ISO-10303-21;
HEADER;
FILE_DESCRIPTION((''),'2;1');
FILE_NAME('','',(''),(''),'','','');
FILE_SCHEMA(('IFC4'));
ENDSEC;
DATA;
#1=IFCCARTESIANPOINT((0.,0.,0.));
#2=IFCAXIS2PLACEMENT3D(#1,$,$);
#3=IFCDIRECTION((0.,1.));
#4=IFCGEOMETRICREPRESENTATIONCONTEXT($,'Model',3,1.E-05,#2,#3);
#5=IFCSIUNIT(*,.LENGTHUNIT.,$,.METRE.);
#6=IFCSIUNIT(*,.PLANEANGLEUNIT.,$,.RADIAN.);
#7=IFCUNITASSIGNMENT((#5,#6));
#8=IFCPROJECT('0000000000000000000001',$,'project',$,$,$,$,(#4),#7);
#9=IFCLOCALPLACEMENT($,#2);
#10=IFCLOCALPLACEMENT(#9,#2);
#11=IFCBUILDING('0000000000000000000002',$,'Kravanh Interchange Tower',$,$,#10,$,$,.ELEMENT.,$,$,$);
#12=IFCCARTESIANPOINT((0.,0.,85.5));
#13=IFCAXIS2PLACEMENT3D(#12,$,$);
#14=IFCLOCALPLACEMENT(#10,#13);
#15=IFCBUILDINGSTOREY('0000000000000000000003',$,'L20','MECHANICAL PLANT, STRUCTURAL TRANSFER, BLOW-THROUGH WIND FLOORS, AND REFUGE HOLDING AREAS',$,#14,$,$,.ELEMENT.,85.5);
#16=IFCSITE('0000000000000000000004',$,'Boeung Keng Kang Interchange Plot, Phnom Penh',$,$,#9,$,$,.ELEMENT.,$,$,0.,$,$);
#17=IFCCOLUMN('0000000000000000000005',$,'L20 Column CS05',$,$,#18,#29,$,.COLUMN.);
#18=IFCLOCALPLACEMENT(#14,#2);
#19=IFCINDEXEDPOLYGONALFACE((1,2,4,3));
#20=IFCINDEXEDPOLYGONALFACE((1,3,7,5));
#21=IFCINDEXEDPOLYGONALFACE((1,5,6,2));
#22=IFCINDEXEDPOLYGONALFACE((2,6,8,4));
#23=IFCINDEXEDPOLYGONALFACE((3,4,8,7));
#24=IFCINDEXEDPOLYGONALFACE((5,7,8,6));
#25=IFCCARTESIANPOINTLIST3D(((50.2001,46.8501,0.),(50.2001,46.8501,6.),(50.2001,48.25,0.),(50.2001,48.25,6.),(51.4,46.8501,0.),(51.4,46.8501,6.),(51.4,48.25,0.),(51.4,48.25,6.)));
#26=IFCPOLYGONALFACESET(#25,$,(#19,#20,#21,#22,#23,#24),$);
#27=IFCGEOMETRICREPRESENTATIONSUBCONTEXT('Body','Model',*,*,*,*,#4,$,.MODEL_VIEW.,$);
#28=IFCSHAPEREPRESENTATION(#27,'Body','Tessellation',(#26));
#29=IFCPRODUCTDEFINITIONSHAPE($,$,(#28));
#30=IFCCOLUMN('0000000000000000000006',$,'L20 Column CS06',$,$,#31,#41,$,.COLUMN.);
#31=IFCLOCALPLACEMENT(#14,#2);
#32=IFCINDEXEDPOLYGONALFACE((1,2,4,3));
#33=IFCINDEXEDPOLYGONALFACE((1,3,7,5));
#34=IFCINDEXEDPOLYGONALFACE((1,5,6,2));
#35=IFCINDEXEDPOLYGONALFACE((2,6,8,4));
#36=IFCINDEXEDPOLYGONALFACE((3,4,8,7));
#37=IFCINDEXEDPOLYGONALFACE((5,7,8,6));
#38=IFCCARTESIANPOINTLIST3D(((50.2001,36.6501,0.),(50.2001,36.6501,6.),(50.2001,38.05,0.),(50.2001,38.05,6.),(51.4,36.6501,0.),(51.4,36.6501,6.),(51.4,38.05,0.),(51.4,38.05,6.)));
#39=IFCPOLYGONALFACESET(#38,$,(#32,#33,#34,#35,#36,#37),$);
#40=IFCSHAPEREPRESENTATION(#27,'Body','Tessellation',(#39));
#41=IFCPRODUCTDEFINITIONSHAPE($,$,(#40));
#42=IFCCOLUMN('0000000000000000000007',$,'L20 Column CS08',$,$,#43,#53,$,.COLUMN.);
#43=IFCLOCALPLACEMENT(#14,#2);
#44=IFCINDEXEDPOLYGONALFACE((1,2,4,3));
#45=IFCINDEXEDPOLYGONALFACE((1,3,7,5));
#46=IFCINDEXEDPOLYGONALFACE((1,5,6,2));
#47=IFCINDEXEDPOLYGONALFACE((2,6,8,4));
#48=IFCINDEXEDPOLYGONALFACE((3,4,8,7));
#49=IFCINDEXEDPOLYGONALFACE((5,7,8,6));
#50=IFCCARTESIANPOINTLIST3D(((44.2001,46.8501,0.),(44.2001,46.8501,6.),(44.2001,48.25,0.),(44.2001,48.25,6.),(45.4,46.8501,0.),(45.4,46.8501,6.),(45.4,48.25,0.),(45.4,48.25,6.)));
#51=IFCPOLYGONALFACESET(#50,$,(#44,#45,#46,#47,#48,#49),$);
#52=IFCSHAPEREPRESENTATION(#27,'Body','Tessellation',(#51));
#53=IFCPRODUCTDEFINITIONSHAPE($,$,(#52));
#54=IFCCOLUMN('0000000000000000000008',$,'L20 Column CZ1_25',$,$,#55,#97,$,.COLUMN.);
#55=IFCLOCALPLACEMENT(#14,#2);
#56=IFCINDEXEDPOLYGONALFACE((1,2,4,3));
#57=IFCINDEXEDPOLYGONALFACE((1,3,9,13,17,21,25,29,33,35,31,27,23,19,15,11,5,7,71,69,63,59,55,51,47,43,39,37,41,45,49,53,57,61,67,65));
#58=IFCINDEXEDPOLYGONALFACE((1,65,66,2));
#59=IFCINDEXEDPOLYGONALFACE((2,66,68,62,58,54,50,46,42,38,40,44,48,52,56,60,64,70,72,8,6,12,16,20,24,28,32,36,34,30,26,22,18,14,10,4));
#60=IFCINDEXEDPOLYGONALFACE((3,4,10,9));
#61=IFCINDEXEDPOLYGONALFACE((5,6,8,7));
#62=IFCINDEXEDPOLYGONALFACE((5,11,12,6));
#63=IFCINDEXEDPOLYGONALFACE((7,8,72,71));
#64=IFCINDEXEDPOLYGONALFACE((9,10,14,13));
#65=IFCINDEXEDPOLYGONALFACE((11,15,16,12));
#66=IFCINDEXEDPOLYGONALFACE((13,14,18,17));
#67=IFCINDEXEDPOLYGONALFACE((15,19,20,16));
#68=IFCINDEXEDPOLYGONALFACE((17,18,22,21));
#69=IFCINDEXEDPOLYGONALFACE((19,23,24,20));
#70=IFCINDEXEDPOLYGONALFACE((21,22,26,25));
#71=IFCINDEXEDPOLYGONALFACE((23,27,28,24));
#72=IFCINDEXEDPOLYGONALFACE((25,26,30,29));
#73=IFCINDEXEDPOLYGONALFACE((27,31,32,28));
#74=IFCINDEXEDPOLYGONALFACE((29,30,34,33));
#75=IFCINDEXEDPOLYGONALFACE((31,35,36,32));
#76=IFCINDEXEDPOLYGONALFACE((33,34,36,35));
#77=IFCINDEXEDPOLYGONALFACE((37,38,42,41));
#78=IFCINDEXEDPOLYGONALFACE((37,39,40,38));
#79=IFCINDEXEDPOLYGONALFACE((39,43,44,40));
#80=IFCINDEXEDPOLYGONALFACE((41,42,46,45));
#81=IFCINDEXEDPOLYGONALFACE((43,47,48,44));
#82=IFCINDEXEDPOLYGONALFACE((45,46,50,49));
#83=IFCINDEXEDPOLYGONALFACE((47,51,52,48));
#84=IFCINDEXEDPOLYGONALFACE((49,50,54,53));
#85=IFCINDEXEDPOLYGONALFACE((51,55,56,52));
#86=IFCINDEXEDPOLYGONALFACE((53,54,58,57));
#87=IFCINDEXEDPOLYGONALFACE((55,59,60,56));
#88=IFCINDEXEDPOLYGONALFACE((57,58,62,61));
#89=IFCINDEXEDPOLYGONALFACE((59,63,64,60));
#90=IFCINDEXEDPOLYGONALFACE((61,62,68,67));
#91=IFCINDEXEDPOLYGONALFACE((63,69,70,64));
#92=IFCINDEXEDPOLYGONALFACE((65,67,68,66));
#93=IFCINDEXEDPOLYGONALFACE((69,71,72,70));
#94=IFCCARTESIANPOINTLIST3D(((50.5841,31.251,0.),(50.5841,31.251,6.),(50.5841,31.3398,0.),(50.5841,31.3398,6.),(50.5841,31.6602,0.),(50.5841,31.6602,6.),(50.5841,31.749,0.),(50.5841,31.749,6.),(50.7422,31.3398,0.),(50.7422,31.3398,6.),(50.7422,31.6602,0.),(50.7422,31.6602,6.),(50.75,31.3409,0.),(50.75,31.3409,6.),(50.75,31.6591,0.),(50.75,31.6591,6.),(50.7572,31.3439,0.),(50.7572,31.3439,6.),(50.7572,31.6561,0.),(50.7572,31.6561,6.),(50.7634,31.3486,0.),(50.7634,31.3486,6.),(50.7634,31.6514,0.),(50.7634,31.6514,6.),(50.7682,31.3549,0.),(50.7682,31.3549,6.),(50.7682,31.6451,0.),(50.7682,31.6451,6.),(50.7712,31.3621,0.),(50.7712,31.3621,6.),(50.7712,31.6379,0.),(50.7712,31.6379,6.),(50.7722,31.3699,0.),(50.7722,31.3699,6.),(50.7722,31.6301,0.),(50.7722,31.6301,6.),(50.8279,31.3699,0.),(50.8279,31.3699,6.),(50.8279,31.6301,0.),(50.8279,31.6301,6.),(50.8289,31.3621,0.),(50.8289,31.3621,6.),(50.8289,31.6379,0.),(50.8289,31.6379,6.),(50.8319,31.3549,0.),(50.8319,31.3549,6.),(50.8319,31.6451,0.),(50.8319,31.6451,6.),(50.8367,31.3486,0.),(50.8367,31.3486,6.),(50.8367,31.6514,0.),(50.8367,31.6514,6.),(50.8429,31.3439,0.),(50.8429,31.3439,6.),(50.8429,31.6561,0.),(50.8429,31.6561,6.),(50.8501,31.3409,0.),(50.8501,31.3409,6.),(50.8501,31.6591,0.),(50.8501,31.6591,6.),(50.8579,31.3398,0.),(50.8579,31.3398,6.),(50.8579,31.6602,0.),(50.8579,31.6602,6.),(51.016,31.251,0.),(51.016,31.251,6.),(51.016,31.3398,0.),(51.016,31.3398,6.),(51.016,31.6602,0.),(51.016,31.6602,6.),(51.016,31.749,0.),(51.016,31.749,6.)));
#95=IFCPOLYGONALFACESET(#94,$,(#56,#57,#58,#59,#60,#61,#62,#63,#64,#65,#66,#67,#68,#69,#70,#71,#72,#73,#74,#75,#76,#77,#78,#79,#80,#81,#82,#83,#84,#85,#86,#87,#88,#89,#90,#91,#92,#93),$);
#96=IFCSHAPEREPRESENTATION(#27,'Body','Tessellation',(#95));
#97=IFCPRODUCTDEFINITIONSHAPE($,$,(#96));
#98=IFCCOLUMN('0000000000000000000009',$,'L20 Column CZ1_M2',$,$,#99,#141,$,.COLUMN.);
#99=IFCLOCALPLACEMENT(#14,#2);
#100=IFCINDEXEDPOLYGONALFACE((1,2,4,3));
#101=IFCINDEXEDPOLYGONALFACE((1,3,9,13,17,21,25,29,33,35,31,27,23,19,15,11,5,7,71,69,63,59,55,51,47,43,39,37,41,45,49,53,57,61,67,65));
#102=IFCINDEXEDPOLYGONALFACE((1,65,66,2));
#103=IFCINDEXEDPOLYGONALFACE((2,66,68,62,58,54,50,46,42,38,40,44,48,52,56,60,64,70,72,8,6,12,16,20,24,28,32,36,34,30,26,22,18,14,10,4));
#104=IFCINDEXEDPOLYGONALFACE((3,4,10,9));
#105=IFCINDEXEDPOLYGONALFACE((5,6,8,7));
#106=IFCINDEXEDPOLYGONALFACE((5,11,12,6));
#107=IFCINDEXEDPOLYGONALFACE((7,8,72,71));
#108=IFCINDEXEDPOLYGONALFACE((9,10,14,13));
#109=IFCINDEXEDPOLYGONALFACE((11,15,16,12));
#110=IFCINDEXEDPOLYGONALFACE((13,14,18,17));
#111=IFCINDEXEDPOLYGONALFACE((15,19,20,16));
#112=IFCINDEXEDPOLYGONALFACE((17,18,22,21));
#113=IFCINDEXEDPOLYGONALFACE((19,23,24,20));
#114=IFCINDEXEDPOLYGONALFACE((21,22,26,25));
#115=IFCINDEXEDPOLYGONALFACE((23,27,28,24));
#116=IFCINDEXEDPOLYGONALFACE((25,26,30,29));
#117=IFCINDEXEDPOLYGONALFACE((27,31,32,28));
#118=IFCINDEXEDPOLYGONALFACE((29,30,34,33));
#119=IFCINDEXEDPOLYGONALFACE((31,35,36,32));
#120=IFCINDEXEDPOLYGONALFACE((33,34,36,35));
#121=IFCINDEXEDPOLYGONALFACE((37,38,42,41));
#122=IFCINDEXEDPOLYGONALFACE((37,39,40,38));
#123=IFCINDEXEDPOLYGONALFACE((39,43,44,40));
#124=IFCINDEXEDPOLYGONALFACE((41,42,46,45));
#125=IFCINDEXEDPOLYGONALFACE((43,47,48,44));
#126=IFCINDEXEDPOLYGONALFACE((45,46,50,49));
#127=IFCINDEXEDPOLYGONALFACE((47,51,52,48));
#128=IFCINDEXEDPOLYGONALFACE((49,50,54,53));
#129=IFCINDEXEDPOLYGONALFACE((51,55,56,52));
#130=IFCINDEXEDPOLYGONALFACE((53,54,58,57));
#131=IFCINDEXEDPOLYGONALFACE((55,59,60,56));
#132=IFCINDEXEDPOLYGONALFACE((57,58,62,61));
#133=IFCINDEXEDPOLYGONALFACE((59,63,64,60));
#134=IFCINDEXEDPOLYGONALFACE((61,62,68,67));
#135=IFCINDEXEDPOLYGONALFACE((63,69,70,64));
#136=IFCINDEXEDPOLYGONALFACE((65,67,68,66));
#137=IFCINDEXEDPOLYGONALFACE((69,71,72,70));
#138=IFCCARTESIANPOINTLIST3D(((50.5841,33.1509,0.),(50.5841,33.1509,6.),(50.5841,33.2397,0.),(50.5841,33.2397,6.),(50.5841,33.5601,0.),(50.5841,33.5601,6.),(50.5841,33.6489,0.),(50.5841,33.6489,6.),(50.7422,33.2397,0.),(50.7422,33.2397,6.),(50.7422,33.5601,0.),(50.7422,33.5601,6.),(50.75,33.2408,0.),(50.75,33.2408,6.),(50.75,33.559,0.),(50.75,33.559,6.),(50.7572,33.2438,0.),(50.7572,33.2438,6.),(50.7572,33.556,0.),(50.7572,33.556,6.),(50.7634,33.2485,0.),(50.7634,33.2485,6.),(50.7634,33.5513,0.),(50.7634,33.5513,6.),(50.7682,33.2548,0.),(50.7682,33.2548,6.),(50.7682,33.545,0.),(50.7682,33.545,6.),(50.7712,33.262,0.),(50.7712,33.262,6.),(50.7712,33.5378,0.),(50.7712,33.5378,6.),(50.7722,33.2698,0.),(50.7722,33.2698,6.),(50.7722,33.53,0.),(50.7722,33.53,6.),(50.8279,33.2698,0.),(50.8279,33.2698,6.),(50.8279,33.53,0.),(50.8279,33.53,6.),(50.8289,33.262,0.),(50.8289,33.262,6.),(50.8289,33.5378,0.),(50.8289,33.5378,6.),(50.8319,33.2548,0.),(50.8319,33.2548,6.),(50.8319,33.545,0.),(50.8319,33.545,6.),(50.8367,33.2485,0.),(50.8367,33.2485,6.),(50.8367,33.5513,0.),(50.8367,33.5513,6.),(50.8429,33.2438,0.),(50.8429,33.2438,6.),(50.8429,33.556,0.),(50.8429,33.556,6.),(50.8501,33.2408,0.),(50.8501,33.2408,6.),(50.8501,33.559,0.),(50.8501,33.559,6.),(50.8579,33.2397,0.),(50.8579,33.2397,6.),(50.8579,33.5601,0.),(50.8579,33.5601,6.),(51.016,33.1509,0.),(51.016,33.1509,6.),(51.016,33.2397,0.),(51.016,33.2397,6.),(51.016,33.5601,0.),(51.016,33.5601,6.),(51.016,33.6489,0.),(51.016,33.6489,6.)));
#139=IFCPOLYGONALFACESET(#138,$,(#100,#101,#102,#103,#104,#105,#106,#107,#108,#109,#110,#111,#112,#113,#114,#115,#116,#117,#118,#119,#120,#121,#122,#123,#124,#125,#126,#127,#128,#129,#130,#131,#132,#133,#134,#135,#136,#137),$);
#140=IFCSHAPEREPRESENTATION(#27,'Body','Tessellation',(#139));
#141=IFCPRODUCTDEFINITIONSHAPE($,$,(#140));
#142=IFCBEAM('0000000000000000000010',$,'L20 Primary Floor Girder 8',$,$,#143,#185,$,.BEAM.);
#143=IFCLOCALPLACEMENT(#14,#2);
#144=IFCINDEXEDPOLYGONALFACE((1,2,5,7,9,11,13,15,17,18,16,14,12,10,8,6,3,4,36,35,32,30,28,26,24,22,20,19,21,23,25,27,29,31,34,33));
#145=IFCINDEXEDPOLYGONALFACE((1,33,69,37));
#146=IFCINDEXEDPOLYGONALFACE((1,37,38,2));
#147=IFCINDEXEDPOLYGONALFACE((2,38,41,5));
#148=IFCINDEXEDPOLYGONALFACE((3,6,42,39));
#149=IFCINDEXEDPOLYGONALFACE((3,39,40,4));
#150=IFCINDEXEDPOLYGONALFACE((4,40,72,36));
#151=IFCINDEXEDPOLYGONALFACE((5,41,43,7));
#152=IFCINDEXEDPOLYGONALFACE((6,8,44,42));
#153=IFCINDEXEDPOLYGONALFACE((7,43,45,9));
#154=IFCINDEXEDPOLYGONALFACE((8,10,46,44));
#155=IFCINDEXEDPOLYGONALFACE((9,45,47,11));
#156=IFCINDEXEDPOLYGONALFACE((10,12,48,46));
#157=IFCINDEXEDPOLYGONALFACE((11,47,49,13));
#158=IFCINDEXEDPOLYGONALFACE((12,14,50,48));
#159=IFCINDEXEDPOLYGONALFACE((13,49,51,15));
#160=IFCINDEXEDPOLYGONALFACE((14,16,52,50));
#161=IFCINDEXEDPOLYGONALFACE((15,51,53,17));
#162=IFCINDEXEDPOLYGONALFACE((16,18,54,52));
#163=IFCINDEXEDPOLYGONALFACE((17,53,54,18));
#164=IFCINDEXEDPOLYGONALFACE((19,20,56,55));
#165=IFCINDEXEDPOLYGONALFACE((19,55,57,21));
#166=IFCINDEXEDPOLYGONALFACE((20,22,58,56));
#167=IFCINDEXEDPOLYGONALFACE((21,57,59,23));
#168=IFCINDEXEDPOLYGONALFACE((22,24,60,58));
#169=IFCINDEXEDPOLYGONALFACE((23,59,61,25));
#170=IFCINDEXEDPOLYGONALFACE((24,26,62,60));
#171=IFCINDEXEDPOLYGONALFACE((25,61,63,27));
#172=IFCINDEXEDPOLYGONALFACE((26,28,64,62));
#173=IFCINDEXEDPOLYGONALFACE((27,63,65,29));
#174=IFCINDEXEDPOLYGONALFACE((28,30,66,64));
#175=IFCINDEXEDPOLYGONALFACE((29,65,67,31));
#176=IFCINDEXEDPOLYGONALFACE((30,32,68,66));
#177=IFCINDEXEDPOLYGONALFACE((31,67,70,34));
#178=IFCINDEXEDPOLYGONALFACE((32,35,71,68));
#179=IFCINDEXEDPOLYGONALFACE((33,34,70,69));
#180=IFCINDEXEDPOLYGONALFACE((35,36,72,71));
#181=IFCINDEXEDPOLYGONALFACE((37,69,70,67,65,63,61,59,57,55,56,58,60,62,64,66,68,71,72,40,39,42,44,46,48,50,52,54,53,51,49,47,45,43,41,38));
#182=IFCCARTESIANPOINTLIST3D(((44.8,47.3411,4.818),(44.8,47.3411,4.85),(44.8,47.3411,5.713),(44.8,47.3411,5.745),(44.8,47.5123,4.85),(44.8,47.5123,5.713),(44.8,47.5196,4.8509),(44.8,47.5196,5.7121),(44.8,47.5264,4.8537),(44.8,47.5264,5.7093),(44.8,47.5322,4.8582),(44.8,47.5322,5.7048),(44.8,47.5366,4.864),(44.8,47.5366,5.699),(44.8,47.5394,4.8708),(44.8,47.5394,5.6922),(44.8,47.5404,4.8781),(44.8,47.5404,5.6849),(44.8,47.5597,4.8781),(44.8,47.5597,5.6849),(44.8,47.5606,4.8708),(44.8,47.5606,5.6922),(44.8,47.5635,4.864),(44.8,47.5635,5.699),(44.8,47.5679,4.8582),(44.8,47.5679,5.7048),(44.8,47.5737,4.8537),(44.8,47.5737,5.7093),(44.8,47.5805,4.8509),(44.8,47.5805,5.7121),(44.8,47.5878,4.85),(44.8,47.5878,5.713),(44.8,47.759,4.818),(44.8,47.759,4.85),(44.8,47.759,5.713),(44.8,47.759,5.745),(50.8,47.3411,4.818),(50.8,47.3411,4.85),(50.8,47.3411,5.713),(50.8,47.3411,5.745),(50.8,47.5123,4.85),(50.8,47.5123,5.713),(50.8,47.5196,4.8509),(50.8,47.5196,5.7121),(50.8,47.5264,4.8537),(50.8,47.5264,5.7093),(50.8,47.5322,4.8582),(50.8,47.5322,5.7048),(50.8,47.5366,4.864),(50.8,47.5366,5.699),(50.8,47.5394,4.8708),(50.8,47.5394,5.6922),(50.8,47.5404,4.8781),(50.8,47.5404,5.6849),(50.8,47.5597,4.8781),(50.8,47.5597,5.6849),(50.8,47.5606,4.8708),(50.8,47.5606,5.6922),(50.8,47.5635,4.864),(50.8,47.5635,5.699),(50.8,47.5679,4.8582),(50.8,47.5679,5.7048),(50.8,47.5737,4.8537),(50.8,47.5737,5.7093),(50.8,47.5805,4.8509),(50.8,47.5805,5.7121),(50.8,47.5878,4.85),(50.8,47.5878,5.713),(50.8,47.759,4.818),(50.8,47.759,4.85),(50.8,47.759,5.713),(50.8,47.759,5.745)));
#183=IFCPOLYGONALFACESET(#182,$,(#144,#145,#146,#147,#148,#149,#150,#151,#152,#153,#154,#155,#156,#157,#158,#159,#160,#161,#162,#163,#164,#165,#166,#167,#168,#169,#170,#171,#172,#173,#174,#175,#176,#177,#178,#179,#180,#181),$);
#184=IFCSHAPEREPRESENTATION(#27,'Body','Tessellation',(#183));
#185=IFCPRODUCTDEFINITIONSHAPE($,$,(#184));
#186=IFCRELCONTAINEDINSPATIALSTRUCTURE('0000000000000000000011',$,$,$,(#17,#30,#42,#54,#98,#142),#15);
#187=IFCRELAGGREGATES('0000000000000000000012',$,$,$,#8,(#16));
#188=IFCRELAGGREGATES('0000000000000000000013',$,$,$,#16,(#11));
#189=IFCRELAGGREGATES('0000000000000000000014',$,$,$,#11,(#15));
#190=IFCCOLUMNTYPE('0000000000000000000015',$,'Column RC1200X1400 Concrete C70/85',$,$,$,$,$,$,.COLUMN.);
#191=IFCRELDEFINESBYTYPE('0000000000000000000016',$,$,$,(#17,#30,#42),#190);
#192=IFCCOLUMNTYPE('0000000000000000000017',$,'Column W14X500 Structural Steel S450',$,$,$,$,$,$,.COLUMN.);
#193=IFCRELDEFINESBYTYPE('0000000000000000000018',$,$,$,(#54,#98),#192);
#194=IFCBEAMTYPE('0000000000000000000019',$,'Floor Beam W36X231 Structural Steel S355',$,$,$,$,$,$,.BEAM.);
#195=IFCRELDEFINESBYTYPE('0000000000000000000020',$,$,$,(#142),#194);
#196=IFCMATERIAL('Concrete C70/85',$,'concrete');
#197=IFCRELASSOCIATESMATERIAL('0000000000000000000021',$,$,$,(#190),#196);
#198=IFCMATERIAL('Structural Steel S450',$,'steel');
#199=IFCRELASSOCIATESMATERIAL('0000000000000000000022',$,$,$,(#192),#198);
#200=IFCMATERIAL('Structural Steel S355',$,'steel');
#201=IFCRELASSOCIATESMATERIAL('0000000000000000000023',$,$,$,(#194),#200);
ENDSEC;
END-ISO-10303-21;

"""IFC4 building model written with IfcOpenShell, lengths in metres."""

from ifc_helpers import new_model, si_unit, direction, frame, origin, origin_2d, place, context, subcontext, project, spatial, rectangle, i_section, extrude, material, material_profile, profile_set, type_object, element, save


model = new_model("IFC4")

# Units and contexts
model_context = context("Model", 3, precision=1e-05, world=origin(), true_north=direction((0.0, 1.0)))
body_context = subcontext(model_context, "Body", "Model", "MODEL_VIEW")
ifc_project = project(units=[si_unit("LENGTHUNIT", "METRE"), si_unit("PLANEANGLEUNIT", "RADIAN")], contexts=[model_context])

# Site, building, storey
site_placement = place(None, origin())
site = spatial("IfcSite", under=ifc_project, at=site_placement, Name="Boeung Keng Kang Interchange Plot, Phnom Penh", CompositionType="ELEMENT", RefElevation=0.0)
building_placement = place(site_placement, origin())
building = spatial("IfcBuilding", under=site, at=building_placement, Name="Kravanh Interchange Tower", CompositionType="ELEMENT")
storey_placement = place(building_placement, frame((0.0, 0.0, 85.5)))
storey = spatial("IfcBuildingStorey", under=building, at=storey_placement, Name="L20", Description="MECHANICAL PLANT, STRUCTURAL TRANSFER, BLOW-THROUGH WIND FLOORS, AND REFUGE HOLDING AREAS", CompositionType="ELEMENT", Elevation=85.5)

# Columns
ifc_material_1 = material(Name="Concrete C70/85", Category="concrete")
ifc_material_profile_1 = material_profile(ifc_material_1, rectangle(XDim=1.2, YDim=1.3999, at=origin_2d()), Name="RC1200X1400")
ifc_profile_set_1 = profile_set([ifc_material_profile_1], Name="Concrete C70/85")
column_type_1 = type_object("IfcColumnType", Name="Column RC1200X1400 Concrete C70/85", PredefinedType="COLUMN", material=ifc_profile_set_1)
for number, where, z_axis, x_axis, name in (
    (1, (50.8, 47.55, 0.0), (0.0, 0.0, 1.0), (1.0, 0.0, 0.0), "L20 Column CS05"),
    (2, (50.8, 37.3501, 0.0), (0.0, 0.0, 1.0), (1.0, 0.0, 0.0), "L20 Column CS06"),
    (3, (44.8, 47.55, 0.0), (0.0, 0.0, 1.0), (1.0, 0.0, 0.0), "L20 Column CS08"),
):
    element("IfcColumn", number, at=place(storey_placement, frame(where, z_axis=z_axis, x_axis=x_axis)), inside=storey, type_object=column_type_1, Name=name, PredefinedType="COLUMN", context=body_context, shape_type="SweptSolid", body=[
        extrude(rectangle(XDim=1.2, YDim=1.3999, at=origin_2d()), origin(), (0.0, 0.0, 1.0), 6.0),
    ])
ifc_material_2 = material(Name="Structural Steel S450", Category="steel")
ifc_material_profile_2 = material_profile(ifc_material_2, i_section(OverallWidth=0.4319, OverallDepth=0.498, WebThickness=0.0557, FlangeThickness=0.0889, FilletRadius=0.03, at=origin_2d()), Name="W14X500")
ifc_profile_set_2 = profile_set([ifc_material_profile_2], Name="Structural Steel S450")
column_type_2 = type_object("IfcColumnType", Name="Column W14X500 Structural Steel S450", PredefinedType="COLUMN", material=ifc_profile_set_2)
for number, where, z_axis, x_axis, name in (
    (4, (50.8, 31.5, 0.0), (0.0, 0.0, 1.0), (1.0, 0.0, 0.0), "L20 Column CZ1_25"),
    (5, (50.8, 33.3999, 0.0), (0.0, 0.0, 1.0), (1.0, 0.0, 0.0), "L20 Column CZ1_M2"),
):
    element("IfcColumn", number, at=place(storey_placement, frame(where, z_axis=z_axis, x_axis=x_axis)), inside=storey, type_object=column_type_2, Name=name, PredefinedType="COLUMN", context=body_context, shape_type="SweptSolid", body=[
        extrude(i_section(OverallWidth=0.4319, OverallDepth=0.498, WebThickness=0.0557, FlangeThickness=0.0889, FilletRadius=0.03, at=origin_2d()), origin(), (0.0, 0.0, 1.0), 6.0),
    ])

# Beam
ifc_material_3 = material(Name="Structural Steel S355", Category="steel")
ifc_material_profile_3 = material_profile(ifc_material_3, i_section(OverallWidth=0.418, OverallDepth=0.927, WebThickness=0.0193, FlangeThickness=0.032, FilletRadius=0.0281, at=origin_2d()), Name="W36X231")
ifc_profile_set_3 = profile_set([ifc_material_profile_3], Name="Structural Steel S355")
beam_type_1 = type_object("IfcBeamType", Name="Floor Beam W36X231 Structural Steel S355", PredefinedType="BEAM", material=ifc_profile_set_3)
beam_1_placement = place(storey_placement, frame((50.8, 47.55, 5.2815), z_axis=(-1.0, 0.0, 0.0), x_axis=(0.0, -1.0, 0.0)))
element("IfcBeam", 6, at=beam_1_placement, inside=storey, type_object=beam_type_1, Name="L20 Primary Floor Girder 8", PredefinedType="BEAM", context=body_context, shape_type="SweptSolid", body=[
    extrude(i_section(OverallWidth=0.418, OverallDepth=0.927, WebThickness=0.0193, FlangeThickness=0.032, FilletRadius=0.0281, at=origin_2d()), origin(), (0.0, 0.0, 1.0), 6.0),
])

save(model, "model.ifc")
